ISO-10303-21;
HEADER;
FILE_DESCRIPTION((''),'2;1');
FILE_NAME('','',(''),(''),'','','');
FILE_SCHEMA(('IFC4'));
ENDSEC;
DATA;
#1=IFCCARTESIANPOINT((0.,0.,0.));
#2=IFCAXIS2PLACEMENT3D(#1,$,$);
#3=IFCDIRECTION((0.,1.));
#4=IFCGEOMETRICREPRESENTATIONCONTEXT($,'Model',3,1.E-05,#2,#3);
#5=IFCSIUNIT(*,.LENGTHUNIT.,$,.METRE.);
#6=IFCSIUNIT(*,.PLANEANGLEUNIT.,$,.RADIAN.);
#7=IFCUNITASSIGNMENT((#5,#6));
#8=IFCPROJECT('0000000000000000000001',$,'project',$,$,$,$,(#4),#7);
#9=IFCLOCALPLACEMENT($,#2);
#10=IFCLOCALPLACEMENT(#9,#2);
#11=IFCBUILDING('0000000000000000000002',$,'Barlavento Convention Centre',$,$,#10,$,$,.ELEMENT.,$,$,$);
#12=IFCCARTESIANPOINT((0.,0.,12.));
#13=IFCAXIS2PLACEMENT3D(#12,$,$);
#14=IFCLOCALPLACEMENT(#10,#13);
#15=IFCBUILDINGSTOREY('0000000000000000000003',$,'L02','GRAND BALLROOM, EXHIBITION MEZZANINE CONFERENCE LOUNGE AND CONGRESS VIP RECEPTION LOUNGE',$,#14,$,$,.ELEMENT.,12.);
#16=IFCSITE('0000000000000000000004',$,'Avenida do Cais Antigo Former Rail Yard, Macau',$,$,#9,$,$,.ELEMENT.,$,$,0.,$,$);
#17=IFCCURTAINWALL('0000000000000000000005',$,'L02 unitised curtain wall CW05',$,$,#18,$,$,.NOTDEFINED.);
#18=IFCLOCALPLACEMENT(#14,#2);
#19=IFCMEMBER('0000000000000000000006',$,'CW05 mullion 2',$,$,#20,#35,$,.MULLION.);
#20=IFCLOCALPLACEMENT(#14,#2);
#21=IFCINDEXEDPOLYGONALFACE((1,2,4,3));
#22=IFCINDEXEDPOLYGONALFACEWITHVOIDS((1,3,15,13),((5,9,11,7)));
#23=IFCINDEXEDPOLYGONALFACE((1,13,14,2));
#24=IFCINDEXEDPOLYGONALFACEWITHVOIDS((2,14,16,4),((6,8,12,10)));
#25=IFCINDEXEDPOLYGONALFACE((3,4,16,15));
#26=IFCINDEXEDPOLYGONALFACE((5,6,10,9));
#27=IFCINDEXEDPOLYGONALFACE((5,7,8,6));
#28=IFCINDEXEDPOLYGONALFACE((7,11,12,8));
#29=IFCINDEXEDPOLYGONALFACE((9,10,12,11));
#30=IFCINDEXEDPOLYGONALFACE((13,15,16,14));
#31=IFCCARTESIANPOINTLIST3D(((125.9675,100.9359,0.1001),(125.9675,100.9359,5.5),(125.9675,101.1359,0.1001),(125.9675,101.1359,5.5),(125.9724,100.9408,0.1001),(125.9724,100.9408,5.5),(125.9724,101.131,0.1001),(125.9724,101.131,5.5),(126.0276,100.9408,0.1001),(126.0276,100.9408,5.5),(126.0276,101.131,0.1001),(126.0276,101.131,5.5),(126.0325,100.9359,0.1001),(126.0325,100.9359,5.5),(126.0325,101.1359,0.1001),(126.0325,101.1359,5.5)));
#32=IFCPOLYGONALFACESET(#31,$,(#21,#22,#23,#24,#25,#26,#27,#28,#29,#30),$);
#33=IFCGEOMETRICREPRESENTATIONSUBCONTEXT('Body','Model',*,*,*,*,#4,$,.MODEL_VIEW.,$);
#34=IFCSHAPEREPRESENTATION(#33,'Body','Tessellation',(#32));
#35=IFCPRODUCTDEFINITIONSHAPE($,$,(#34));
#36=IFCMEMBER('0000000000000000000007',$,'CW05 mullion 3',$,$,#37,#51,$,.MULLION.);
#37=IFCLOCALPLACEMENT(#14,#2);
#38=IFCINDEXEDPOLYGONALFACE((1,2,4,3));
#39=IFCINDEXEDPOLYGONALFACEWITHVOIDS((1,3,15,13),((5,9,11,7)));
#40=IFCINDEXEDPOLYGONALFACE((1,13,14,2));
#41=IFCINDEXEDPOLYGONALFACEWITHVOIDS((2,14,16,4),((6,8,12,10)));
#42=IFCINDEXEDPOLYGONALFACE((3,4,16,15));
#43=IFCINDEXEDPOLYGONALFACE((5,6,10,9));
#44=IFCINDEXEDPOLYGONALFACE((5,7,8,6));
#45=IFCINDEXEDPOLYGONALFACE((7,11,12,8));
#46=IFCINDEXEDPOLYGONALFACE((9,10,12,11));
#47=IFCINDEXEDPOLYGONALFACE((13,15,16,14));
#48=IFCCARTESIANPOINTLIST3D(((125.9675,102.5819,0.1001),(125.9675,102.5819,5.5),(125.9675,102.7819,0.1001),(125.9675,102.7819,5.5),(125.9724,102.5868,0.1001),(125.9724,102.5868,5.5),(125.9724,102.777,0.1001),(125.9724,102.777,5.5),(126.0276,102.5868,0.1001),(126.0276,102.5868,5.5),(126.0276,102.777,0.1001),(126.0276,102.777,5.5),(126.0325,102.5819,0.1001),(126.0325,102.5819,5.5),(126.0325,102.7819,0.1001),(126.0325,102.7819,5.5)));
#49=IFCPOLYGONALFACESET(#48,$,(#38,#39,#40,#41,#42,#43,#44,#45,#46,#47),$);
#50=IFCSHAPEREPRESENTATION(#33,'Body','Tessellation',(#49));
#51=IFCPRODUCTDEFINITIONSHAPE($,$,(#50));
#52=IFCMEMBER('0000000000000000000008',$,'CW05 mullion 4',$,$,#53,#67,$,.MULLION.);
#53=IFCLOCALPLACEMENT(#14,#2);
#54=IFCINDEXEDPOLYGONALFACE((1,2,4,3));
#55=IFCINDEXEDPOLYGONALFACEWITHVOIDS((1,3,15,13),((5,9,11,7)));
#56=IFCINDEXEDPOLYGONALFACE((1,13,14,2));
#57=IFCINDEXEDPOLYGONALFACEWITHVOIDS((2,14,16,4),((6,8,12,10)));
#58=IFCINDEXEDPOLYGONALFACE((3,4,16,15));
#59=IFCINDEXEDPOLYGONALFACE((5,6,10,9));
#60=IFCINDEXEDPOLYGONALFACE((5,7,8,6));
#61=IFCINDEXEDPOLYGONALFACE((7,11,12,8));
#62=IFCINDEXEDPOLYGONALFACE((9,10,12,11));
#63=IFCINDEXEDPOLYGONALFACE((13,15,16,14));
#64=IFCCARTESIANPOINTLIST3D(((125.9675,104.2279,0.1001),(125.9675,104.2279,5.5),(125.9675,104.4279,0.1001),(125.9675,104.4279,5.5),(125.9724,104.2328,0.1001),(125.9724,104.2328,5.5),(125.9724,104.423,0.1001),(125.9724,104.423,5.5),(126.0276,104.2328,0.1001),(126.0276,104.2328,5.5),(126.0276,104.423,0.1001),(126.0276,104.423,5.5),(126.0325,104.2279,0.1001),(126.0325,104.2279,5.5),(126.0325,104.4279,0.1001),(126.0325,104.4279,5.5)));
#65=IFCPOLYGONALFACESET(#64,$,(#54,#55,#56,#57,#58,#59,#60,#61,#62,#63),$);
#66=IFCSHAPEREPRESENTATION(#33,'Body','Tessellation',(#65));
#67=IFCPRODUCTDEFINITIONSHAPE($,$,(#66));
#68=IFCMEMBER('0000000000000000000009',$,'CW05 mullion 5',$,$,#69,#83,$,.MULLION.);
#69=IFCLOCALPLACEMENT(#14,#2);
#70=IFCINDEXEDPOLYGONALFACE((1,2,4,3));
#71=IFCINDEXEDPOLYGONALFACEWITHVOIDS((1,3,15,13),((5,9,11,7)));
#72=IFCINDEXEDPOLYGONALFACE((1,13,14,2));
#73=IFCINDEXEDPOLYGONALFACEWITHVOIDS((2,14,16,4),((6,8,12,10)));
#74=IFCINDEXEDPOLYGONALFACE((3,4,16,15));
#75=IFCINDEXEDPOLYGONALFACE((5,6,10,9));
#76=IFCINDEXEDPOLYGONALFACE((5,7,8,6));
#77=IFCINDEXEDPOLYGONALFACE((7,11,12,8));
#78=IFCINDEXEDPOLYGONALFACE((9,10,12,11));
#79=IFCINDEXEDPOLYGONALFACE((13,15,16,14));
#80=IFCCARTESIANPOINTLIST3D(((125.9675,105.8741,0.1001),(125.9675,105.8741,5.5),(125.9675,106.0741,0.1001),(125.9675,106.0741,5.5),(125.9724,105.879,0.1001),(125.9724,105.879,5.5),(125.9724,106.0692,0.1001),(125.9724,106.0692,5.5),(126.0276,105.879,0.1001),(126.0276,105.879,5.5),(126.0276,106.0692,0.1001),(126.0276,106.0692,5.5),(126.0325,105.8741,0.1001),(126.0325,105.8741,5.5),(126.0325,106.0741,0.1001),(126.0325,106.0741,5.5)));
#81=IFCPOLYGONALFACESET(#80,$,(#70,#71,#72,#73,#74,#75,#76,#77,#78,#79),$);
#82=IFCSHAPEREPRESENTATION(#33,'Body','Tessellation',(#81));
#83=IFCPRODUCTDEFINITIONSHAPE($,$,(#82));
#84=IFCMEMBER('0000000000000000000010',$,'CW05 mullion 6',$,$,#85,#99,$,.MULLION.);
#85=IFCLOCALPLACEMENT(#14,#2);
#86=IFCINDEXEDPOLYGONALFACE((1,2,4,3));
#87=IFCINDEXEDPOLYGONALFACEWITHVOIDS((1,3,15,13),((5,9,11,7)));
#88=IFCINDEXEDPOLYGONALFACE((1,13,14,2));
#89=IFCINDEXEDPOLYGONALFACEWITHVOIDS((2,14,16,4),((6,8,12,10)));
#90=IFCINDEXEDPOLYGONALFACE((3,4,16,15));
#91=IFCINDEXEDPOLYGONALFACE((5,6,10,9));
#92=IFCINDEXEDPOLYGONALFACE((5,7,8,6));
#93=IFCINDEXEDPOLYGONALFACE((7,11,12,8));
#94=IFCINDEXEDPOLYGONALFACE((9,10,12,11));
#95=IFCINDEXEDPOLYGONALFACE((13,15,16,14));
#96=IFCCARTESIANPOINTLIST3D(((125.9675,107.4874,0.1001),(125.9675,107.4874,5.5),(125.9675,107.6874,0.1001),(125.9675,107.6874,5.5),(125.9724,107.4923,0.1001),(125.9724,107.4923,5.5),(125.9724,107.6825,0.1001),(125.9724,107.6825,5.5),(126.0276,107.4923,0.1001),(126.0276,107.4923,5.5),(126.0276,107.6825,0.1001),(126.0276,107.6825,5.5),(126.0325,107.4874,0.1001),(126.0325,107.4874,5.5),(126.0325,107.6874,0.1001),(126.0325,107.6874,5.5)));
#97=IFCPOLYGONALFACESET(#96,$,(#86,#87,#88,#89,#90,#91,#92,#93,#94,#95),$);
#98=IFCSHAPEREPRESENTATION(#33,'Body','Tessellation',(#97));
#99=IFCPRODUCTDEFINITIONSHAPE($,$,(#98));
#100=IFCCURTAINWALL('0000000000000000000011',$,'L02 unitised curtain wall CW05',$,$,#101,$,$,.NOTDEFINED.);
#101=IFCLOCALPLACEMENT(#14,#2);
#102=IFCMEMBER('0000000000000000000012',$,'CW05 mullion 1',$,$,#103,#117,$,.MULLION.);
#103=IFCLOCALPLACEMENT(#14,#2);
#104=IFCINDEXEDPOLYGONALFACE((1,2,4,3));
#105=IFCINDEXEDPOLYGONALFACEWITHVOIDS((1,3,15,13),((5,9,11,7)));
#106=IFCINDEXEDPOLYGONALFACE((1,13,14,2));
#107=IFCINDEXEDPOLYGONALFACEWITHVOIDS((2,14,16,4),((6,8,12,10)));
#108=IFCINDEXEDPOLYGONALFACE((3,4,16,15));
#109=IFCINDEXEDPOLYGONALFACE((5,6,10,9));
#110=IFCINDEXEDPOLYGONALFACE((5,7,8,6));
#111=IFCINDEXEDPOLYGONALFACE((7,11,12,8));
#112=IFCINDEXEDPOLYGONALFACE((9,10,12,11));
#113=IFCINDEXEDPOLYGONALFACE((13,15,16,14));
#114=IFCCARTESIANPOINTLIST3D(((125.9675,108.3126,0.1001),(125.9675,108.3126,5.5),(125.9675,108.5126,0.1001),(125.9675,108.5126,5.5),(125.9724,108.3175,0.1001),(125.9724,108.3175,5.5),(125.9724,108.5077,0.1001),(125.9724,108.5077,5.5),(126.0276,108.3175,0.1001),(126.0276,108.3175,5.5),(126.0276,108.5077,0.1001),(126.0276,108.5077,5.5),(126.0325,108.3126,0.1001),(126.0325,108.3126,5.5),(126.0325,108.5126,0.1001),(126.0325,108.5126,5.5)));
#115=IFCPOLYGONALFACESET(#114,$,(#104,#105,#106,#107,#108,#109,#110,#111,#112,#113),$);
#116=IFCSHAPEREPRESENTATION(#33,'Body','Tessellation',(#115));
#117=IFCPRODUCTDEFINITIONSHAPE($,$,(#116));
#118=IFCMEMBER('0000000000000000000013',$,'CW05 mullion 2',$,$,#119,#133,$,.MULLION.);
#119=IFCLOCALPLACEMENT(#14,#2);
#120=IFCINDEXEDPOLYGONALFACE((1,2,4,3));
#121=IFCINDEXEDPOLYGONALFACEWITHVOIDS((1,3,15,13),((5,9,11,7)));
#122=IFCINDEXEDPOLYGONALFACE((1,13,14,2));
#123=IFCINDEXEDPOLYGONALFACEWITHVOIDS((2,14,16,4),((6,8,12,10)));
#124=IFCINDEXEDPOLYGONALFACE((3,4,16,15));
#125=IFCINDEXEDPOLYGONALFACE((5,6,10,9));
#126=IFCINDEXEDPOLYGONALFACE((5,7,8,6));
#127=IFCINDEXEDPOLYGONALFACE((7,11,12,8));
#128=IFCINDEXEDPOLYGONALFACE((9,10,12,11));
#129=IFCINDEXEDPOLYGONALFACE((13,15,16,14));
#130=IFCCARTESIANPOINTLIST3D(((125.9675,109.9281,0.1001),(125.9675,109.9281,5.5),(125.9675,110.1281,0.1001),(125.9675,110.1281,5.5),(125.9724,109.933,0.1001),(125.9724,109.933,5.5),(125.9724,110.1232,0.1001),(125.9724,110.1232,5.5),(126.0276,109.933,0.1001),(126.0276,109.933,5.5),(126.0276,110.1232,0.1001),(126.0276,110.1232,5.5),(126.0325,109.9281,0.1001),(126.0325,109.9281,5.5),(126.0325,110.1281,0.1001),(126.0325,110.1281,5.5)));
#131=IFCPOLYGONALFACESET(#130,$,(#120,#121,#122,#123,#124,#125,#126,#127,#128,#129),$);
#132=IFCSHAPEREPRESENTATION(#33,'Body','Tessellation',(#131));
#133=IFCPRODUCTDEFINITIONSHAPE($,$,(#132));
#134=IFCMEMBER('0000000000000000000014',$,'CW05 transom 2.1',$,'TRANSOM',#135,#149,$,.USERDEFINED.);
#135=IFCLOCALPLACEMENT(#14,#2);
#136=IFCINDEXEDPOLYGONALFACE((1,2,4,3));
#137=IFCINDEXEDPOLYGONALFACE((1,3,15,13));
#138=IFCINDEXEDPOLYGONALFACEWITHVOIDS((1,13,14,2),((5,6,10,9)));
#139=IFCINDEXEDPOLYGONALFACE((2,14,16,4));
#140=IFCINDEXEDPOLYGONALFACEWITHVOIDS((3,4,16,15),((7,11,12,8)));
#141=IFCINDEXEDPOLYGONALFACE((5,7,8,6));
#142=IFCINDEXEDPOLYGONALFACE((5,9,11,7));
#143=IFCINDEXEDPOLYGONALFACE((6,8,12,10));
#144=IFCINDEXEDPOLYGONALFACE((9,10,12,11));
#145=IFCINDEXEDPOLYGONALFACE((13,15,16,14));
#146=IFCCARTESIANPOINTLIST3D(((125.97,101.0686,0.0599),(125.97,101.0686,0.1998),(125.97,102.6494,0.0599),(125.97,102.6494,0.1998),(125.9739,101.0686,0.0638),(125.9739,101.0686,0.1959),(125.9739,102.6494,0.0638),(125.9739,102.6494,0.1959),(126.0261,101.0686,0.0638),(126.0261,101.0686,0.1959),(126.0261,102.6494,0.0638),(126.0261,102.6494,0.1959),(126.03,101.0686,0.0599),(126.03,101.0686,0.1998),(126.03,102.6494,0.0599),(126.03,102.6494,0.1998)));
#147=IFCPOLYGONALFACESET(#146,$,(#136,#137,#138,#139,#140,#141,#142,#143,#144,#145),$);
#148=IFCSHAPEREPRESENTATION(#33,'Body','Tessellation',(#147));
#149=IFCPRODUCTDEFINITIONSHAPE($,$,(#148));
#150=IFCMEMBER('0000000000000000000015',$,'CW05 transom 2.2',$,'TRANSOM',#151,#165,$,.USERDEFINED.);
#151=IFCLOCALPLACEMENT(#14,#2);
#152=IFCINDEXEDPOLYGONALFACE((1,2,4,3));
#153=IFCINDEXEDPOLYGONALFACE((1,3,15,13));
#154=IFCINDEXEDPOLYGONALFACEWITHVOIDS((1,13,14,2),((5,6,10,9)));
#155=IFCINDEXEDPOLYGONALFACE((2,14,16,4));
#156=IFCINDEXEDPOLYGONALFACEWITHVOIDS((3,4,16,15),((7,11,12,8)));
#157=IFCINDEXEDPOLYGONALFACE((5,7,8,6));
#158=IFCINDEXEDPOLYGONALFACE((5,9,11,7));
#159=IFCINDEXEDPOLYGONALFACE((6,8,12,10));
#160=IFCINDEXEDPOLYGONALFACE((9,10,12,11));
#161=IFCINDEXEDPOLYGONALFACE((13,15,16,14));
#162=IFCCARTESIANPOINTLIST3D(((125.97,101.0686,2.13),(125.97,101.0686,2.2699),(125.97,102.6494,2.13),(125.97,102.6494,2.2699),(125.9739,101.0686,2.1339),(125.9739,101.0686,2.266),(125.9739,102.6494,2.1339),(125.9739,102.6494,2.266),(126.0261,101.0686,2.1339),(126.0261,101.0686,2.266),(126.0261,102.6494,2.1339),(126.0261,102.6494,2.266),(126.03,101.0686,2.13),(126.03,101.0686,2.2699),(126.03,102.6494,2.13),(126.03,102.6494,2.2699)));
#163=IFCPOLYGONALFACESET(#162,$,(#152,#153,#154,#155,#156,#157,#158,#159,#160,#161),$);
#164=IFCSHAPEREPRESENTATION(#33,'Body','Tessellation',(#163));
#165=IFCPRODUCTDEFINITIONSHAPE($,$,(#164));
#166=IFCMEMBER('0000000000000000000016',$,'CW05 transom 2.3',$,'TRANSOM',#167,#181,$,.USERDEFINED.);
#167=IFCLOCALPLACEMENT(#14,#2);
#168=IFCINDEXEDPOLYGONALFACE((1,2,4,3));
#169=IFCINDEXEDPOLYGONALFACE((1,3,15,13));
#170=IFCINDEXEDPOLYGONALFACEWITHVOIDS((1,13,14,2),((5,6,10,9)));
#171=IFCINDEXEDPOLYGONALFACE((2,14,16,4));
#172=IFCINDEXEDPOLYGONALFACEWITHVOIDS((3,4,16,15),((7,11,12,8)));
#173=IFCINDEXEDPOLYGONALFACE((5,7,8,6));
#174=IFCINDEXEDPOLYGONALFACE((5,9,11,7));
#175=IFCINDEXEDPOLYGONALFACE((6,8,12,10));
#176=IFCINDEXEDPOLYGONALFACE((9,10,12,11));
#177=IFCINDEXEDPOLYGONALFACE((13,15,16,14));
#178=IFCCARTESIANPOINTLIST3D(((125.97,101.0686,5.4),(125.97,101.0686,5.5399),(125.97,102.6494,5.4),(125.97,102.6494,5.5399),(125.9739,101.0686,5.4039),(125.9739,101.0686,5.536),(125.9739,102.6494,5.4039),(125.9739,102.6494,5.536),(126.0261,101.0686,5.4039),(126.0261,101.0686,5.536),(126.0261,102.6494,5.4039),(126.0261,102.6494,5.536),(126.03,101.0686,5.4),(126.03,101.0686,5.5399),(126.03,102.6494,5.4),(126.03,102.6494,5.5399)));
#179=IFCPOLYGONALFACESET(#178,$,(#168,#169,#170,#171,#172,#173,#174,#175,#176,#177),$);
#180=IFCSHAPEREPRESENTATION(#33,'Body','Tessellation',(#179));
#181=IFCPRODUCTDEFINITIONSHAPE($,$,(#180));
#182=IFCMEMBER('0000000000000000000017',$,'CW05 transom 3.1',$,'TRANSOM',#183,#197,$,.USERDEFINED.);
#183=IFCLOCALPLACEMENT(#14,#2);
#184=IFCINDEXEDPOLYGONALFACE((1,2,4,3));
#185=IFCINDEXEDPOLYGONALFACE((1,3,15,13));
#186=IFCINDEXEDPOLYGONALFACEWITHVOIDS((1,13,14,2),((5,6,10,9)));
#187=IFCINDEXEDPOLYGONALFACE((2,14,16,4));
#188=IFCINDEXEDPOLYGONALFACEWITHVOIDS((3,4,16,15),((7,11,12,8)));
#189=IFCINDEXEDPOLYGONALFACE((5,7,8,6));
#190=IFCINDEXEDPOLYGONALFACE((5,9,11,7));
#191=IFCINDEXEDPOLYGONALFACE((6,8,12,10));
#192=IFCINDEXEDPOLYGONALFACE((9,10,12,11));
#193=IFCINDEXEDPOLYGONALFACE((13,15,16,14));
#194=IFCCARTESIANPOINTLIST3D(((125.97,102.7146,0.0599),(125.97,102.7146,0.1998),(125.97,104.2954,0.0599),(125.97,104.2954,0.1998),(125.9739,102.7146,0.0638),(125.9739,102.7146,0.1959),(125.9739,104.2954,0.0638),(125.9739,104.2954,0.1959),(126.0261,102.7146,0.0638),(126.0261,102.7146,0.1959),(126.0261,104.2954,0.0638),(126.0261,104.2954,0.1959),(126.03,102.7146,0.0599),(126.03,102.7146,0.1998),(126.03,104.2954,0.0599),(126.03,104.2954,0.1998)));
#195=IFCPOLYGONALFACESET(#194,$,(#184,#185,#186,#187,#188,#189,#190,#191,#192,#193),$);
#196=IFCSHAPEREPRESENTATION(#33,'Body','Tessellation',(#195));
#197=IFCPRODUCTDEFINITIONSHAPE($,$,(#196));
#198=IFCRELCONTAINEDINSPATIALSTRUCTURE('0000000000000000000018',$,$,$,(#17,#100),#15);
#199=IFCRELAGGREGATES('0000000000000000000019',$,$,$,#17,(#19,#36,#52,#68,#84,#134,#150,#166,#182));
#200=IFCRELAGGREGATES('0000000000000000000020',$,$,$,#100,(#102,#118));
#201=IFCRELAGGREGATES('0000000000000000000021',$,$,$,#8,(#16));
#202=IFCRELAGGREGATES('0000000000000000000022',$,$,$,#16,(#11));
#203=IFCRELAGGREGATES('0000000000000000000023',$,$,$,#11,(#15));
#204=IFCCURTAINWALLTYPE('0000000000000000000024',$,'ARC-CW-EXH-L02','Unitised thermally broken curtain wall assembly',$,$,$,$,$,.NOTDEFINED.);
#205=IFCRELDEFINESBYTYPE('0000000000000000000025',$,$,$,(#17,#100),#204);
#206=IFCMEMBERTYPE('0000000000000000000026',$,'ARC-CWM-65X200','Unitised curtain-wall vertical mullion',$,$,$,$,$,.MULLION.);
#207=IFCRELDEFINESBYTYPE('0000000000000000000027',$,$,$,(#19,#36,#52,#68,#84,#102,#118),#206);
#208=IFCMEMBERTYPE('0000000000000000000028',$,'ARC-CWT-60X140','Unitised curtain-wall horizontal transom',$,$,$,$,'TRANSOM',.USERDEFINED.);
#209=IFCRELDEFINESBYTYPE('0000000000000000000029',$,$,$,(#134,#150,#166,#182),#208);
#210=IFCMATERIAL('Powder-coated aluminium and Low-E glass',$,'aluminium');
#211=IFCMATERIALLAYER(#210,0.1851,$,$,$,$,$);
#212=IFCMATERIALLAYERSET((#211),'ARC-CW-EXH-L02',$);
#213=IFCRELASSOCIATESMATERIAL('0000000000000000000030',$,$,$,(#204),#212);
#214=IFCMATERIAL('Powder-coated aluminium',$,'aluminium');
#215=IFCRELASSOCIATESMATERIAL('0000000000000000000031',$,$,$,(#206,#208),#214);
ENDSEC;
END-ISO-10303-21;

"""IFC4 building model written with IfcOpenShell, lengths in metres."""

from ifc_helpers import new_model, si_unit, direction, frame, origin, origin_2d, place, context, subcontext, project, spatial, hollow_rectangle, extrude, material, layer, layer_set, material_profile, profile_set, type_object, element, aggregate, save


model = new_model("IFC4")

# Units and contexts
model_context = context("Model", 3, precision=1e-05, world=origin(), true_north=direction((0.0, 1.0)))
body_context = subcontext(model_context, "Body", "Model", "MODEL_VIEW")
ifc_project = project(units=[si_unit("LENGTHUNIT", "METRE"), si_unit("PLANEANGLEUNIT", "RADIAN")], contexts=[model_context])

# Site, building, storey
site_placement = place(None, origin())
site = spatial("IfcSite", under=ifc_project, at=site_placement, Name="Avenida do Cais Antigo Former Rail Yard, Macau", CompositionType="ELEMENT", RefElevation=0.0)
building_placement = place(site_placement, origin())
building = spatial("IfcBuilding", under=site, at=building_placement, Name="Barlavento Convention Centre", CompositionType="ELEMENT")
storey_placement = place(building_placement, frame((0.0, 0.0, 12.0)))
storey = spatial("IfcBuildingStorey", under=building, at=storey_placement, Name="L02", Description="GRAND BALLROOM, EXHIBITION MEZZANINE CONFERENCE LOUNGE AND CONGRESS VIP RECEPTION LOUNGE", CompositionType="ELEMENT", Elevation=12.0)

# Curtain walls, members
ifc_material_1 = material(Name="Powder-coated aluminium and Low-E glass", Category="aluminium")
ifc_layer_1 = layer(ifc_material_1, 0.1851)
ifc_layer_set_1 = layer_set([ifc_layer_1], Name="ARC-CW-EXH-L02")
curtain_wall_type = type_object("IfcCurtainWallType", Name="ARC-CW-EXH-L02", Description="Unitised thermally broken curtain wall assembly", PredefinedType="NOTDEFINED", material=ifc_layer_set_1)
curtain_wall_1_placement = place(storey_placement, origin())
curtain_wall_1 = element("IfcCurtainWall", 1, at=curtain_wall_1_placement, inside=storey, type_object=curtain_wall_type, Name="L02 unitised curtain wall CW05", PredefinedType="NOTDEFINED")
ifc_material_2 = material(Name="Powder-coated aluminium", Category="aluminium")
ifc_material_profile_1 = material_profile(ifc_material_2, hollow_rectangle(XDim=0.0649, YDim=0.2, WallThickness=0.0049, at=origin_2d()), Name="AL-MULL 65x200x5")
ifc_profile_set_1 = profile_set([ifc_material_profile_1], Name="Powder-coated aluminium")
member_type_1 = type_object("IfcMemberType", Name="ARC-CWM-65X200", Description="Unitised curtain-wall vertical mullion", PredefinedType="MULLION", material=ifc_profile_set_1)
member_1_placement = place(storey_placement, frame((126.0, 101.0359, 0.1001), z_axis=(0.0, 0.0, 1.0), x_axis=(-1.0, 0.0, 0.0)))
member_1 = element("IfcMember", 2, at=member_1_placement, type_object=member_type_1, Name="CW05 mullion 2", PredefinedType="MULLION", context=body_context, shape_type="SweptSolid", body=[
    extrude(hollow_rectangle(XDim=0.0649, YDim=0.2, WallThickness=0.0049, at=origin_2d()), origin(), (0.0, 0.0, 1.0), 5.3999),
])
member_2_placement = place(storey_placement, frame((126.0, 102.6819, 0.1001), z_axis=(0.0, 0.0, 1.0), x_axis=(-1.0, 0.0, 0.0)))
member_2 = element("IfcMember", 3, at=member_2_placement, type_object=member_type_1, Name="CW05 mullion 3", PredefinedType="MULLION", context=body_context, shape_type="SweptSolid", body=[
    extrude(hollow_rectangle(XDim=0.0649, YDim=0.2, WallThickness=0.0049, at=origin_2d()), origin(), (0.0, 0.0, 1.0), 5.3999),
])
member_3_placement = place(storey_placement, frame((126.0, 104.3279, 0.1001), z_axis=(0.0, 0.0, 1.0), x_axis=(-1.0, 0.0, 0.0)))
member_3 = element("IfcMember", 4, at=member_3_placement, type_object=member_type_1, Name="CW05 mullion 4", PredefinedType="MULLION", context=body_context, shape_type="SweptSolid", body=[
    extrude(hollow_rectangle(XDim=0.0649, YDim=0.2, WallThickness=0.0049, at=origin_2d()), origin(), (0.0, 0.0, 1.0), 5.3999),
])
member_4_placement = place(storey_placement, frame((126.0, 105.9741, 0.1001), z_axis=(0.0, 0.0, 1.0), x_axis=(-1.0, 0.0, 0.0)))
member_4 = element("IfcMember", 5, at=member_4_placement, type_object=member_type_1, Name="CW05 mullion 5", PredefinedType="MULLION", context=body_context, shape_type="SweptSolid", body=[
    extrude(hollow_rectangle(XDim=0.0649, YDim=0.2, WallThickness=0.0049, at=origin_2d()), origin(), (0.0, 0.0, 1.0), 5.3999),
])
member_5_placement = place(storey_placement, frame((126.0, 107.5874, 0.1001), z_axis=(0.0, 0.0, 1.0), x_axis=(-1.0, 0.0, 0.0)))
member_5 = element("IfcMember", 6, at=member_5_placement, type_object=member_type_1, Name="CW05 mullion 6", PredefinedType="MULLION", context=body_context, shape_type="SweptSolid", body=[
    extrude(hollow_rectangle(XDim=0.0649, YDim=0.2, WallThickness=0.0049, at=origin_2d()), origin(), (0.0, 0.0, 1.0), 5.3999),
])
curtain_wall_2_placement = place(storey_placement, origin())
curtain_wall_2 = element("IfcCurtainWall", 7, at=curtain_wall_2_placement, inside=storey, type_object=curtain_wall_type, Name="L02 unitised curtain wall CW05", PredefinedType="NOTDEFINED")
member_6_placement = place(storey_placement, frame((126.0, 108.4126, 0.1001), z_axis=(0.0, 0.0, 1.0), x_axis=(-1.0, 0.0, 0.0)))
member_6 = element("IfcMember", 8, at=member_6_placement, type_object=member_type_1, Name="CW05 mullion 1", PredefinedType="MULLION", context=body_context, shape_type="SweptSolid", body=[
    extrude(hollow_rectangle(XDim=0.0649, YDim=0.2, WallThickness=0.0049, at=origin_2d()), origin(), (0.0, 0.0, 1.0), 5.3999),
])
member_7_placement = place(storey_placement, frame((126.0, 110.0281, 0.1001), z_axis=(0.0, 0.0, 1.0), x_axis=(-1.0, 0.0, 0.0)))
member_7 = element("IfcMember", 9, at=member_7_placement, type_object=member_type_1, Name="CW05 mullion 2", PredefinedType="MULLION", context=body_context, shape_type="SweptSolid", body=[
    extrude(hollow_rectangle(XDim=0.0649, YDim=0.2, WallThickness=0.0049, at=origin_2d()), origin(), (0.0, 0.0, 1.0), 5.3999),
])

# Members
ifc_material_profile_2 = material_profile(ifc_material_2, hollow_rectangle(XDim=0.0601, YDim=0.1399, WallThickness=0.0039, at=origin_2d()), Name="AL-TRAN 60x140x4")
ifc_profile_set_2 = profile_set([ifc_material_profile_2], Name="Powder-coated aluminium")
member_type_2 = type_object("IfcMemberType", Name="ARC-CWT-60X140", Description="Unitised curtain-wall horizontal transom", ElementType="TRANSOM", PredefinedType="USERDEFINED", material=ifc_profile_set_2)
member_8_placement = place(storey_placement, frame((126.0, 101.0686, 0.1299), z_axis=(0.0, 1.0, 0.0), x_axis=(-1.0, 0.0, 0.0)))
member_8 = element("IfcMember", 10, at=member_8_placement, type_object=member_type_2, Name="CW05 transom 2.1", ObjectType="TRANSOM", PredefinedType="USERDEFINED", context=body_context, shape_type="SweptSolid", body=[
    extrude(hollow_rectangle(XDim=0.0601, YDim=0.1399, WallThickness=0.0039, at=origin_2d()), origin(), (0.0, 0.0, 1.0), 1.5808),
])
member_9_placement = place(storey_placement, frame((126.0, 101.0686, 2.2), z_axis=(0.0, 1.0, 0.0), x_axis=(-1.0, 0.0, 0.0)))
member_9 = element("IfcMember", 11, at=member_9_placement, type_object=member_type_2, Name="CW05 transom 2.2", ObjectType="TRANSOM", PredefinedType="USERDEFINED", context=body_context, shape_type="SweptSolid", body=[
    extrude(hollow_rectangle(XDim=0.0601, YDim=0.1399, WallThickness=0.0039, at=origin_2d()), origin(), (0.0, 0.0, 1.0), 1.5808),
])
member_10_placement = place(storey_placement, frame((126.0, 101.0686, 5.47), z_axis=(0.0, 1.0, 0.0), x_axis=(-1.0, 0.0, 0.0)))
member_10 = element("IfcMember", 12, at=member_10_placement, type_object=member_type_2, Name="CW05 transom 2.3", ObjectType="TRANSOM", PredefinedType="USERDEFINED", context=body_context, shape_type="SweptSolid", body=[
    extrude(hollow_rectangle(XDim=0.0601, YDim=0.1399, WallThickness=0.0039, at=origin_2d()), origin(), (0.0, 0.0, 1.0), 1.5808),
])
member_11_placement = place(storey_placement, frame((126.0, 102.7146, 0.1299), z_axis=(0.0, 1.0, 0.0), x_axis=(-1.0, 0.0, 0.0)))
member_11 = element("IfcMember", 13, at=member_11_placement, type_object=member_type_2, Name="CW05 transom 3.1", ObjectType="TRANSOM", PredefinedType="USERDEFINED", context=body_context, shape_type="SweptSolid", body=[
    extrude(hollow_rectangle(XDim=0.0601, YDim=0.1399, WallThickness=0.0039, at=origin_2d()), origin(), (0.0, 0.0, 1.0), 1.5808),
])

aggregate(curtain_wall_1, [member_1, member_2, member_3, member_4, member_5, member_8, member_9, member_10, member_11])
aggregate(curtain_wall_2, [member_6, member_7])

save(model, "model.ifc")
